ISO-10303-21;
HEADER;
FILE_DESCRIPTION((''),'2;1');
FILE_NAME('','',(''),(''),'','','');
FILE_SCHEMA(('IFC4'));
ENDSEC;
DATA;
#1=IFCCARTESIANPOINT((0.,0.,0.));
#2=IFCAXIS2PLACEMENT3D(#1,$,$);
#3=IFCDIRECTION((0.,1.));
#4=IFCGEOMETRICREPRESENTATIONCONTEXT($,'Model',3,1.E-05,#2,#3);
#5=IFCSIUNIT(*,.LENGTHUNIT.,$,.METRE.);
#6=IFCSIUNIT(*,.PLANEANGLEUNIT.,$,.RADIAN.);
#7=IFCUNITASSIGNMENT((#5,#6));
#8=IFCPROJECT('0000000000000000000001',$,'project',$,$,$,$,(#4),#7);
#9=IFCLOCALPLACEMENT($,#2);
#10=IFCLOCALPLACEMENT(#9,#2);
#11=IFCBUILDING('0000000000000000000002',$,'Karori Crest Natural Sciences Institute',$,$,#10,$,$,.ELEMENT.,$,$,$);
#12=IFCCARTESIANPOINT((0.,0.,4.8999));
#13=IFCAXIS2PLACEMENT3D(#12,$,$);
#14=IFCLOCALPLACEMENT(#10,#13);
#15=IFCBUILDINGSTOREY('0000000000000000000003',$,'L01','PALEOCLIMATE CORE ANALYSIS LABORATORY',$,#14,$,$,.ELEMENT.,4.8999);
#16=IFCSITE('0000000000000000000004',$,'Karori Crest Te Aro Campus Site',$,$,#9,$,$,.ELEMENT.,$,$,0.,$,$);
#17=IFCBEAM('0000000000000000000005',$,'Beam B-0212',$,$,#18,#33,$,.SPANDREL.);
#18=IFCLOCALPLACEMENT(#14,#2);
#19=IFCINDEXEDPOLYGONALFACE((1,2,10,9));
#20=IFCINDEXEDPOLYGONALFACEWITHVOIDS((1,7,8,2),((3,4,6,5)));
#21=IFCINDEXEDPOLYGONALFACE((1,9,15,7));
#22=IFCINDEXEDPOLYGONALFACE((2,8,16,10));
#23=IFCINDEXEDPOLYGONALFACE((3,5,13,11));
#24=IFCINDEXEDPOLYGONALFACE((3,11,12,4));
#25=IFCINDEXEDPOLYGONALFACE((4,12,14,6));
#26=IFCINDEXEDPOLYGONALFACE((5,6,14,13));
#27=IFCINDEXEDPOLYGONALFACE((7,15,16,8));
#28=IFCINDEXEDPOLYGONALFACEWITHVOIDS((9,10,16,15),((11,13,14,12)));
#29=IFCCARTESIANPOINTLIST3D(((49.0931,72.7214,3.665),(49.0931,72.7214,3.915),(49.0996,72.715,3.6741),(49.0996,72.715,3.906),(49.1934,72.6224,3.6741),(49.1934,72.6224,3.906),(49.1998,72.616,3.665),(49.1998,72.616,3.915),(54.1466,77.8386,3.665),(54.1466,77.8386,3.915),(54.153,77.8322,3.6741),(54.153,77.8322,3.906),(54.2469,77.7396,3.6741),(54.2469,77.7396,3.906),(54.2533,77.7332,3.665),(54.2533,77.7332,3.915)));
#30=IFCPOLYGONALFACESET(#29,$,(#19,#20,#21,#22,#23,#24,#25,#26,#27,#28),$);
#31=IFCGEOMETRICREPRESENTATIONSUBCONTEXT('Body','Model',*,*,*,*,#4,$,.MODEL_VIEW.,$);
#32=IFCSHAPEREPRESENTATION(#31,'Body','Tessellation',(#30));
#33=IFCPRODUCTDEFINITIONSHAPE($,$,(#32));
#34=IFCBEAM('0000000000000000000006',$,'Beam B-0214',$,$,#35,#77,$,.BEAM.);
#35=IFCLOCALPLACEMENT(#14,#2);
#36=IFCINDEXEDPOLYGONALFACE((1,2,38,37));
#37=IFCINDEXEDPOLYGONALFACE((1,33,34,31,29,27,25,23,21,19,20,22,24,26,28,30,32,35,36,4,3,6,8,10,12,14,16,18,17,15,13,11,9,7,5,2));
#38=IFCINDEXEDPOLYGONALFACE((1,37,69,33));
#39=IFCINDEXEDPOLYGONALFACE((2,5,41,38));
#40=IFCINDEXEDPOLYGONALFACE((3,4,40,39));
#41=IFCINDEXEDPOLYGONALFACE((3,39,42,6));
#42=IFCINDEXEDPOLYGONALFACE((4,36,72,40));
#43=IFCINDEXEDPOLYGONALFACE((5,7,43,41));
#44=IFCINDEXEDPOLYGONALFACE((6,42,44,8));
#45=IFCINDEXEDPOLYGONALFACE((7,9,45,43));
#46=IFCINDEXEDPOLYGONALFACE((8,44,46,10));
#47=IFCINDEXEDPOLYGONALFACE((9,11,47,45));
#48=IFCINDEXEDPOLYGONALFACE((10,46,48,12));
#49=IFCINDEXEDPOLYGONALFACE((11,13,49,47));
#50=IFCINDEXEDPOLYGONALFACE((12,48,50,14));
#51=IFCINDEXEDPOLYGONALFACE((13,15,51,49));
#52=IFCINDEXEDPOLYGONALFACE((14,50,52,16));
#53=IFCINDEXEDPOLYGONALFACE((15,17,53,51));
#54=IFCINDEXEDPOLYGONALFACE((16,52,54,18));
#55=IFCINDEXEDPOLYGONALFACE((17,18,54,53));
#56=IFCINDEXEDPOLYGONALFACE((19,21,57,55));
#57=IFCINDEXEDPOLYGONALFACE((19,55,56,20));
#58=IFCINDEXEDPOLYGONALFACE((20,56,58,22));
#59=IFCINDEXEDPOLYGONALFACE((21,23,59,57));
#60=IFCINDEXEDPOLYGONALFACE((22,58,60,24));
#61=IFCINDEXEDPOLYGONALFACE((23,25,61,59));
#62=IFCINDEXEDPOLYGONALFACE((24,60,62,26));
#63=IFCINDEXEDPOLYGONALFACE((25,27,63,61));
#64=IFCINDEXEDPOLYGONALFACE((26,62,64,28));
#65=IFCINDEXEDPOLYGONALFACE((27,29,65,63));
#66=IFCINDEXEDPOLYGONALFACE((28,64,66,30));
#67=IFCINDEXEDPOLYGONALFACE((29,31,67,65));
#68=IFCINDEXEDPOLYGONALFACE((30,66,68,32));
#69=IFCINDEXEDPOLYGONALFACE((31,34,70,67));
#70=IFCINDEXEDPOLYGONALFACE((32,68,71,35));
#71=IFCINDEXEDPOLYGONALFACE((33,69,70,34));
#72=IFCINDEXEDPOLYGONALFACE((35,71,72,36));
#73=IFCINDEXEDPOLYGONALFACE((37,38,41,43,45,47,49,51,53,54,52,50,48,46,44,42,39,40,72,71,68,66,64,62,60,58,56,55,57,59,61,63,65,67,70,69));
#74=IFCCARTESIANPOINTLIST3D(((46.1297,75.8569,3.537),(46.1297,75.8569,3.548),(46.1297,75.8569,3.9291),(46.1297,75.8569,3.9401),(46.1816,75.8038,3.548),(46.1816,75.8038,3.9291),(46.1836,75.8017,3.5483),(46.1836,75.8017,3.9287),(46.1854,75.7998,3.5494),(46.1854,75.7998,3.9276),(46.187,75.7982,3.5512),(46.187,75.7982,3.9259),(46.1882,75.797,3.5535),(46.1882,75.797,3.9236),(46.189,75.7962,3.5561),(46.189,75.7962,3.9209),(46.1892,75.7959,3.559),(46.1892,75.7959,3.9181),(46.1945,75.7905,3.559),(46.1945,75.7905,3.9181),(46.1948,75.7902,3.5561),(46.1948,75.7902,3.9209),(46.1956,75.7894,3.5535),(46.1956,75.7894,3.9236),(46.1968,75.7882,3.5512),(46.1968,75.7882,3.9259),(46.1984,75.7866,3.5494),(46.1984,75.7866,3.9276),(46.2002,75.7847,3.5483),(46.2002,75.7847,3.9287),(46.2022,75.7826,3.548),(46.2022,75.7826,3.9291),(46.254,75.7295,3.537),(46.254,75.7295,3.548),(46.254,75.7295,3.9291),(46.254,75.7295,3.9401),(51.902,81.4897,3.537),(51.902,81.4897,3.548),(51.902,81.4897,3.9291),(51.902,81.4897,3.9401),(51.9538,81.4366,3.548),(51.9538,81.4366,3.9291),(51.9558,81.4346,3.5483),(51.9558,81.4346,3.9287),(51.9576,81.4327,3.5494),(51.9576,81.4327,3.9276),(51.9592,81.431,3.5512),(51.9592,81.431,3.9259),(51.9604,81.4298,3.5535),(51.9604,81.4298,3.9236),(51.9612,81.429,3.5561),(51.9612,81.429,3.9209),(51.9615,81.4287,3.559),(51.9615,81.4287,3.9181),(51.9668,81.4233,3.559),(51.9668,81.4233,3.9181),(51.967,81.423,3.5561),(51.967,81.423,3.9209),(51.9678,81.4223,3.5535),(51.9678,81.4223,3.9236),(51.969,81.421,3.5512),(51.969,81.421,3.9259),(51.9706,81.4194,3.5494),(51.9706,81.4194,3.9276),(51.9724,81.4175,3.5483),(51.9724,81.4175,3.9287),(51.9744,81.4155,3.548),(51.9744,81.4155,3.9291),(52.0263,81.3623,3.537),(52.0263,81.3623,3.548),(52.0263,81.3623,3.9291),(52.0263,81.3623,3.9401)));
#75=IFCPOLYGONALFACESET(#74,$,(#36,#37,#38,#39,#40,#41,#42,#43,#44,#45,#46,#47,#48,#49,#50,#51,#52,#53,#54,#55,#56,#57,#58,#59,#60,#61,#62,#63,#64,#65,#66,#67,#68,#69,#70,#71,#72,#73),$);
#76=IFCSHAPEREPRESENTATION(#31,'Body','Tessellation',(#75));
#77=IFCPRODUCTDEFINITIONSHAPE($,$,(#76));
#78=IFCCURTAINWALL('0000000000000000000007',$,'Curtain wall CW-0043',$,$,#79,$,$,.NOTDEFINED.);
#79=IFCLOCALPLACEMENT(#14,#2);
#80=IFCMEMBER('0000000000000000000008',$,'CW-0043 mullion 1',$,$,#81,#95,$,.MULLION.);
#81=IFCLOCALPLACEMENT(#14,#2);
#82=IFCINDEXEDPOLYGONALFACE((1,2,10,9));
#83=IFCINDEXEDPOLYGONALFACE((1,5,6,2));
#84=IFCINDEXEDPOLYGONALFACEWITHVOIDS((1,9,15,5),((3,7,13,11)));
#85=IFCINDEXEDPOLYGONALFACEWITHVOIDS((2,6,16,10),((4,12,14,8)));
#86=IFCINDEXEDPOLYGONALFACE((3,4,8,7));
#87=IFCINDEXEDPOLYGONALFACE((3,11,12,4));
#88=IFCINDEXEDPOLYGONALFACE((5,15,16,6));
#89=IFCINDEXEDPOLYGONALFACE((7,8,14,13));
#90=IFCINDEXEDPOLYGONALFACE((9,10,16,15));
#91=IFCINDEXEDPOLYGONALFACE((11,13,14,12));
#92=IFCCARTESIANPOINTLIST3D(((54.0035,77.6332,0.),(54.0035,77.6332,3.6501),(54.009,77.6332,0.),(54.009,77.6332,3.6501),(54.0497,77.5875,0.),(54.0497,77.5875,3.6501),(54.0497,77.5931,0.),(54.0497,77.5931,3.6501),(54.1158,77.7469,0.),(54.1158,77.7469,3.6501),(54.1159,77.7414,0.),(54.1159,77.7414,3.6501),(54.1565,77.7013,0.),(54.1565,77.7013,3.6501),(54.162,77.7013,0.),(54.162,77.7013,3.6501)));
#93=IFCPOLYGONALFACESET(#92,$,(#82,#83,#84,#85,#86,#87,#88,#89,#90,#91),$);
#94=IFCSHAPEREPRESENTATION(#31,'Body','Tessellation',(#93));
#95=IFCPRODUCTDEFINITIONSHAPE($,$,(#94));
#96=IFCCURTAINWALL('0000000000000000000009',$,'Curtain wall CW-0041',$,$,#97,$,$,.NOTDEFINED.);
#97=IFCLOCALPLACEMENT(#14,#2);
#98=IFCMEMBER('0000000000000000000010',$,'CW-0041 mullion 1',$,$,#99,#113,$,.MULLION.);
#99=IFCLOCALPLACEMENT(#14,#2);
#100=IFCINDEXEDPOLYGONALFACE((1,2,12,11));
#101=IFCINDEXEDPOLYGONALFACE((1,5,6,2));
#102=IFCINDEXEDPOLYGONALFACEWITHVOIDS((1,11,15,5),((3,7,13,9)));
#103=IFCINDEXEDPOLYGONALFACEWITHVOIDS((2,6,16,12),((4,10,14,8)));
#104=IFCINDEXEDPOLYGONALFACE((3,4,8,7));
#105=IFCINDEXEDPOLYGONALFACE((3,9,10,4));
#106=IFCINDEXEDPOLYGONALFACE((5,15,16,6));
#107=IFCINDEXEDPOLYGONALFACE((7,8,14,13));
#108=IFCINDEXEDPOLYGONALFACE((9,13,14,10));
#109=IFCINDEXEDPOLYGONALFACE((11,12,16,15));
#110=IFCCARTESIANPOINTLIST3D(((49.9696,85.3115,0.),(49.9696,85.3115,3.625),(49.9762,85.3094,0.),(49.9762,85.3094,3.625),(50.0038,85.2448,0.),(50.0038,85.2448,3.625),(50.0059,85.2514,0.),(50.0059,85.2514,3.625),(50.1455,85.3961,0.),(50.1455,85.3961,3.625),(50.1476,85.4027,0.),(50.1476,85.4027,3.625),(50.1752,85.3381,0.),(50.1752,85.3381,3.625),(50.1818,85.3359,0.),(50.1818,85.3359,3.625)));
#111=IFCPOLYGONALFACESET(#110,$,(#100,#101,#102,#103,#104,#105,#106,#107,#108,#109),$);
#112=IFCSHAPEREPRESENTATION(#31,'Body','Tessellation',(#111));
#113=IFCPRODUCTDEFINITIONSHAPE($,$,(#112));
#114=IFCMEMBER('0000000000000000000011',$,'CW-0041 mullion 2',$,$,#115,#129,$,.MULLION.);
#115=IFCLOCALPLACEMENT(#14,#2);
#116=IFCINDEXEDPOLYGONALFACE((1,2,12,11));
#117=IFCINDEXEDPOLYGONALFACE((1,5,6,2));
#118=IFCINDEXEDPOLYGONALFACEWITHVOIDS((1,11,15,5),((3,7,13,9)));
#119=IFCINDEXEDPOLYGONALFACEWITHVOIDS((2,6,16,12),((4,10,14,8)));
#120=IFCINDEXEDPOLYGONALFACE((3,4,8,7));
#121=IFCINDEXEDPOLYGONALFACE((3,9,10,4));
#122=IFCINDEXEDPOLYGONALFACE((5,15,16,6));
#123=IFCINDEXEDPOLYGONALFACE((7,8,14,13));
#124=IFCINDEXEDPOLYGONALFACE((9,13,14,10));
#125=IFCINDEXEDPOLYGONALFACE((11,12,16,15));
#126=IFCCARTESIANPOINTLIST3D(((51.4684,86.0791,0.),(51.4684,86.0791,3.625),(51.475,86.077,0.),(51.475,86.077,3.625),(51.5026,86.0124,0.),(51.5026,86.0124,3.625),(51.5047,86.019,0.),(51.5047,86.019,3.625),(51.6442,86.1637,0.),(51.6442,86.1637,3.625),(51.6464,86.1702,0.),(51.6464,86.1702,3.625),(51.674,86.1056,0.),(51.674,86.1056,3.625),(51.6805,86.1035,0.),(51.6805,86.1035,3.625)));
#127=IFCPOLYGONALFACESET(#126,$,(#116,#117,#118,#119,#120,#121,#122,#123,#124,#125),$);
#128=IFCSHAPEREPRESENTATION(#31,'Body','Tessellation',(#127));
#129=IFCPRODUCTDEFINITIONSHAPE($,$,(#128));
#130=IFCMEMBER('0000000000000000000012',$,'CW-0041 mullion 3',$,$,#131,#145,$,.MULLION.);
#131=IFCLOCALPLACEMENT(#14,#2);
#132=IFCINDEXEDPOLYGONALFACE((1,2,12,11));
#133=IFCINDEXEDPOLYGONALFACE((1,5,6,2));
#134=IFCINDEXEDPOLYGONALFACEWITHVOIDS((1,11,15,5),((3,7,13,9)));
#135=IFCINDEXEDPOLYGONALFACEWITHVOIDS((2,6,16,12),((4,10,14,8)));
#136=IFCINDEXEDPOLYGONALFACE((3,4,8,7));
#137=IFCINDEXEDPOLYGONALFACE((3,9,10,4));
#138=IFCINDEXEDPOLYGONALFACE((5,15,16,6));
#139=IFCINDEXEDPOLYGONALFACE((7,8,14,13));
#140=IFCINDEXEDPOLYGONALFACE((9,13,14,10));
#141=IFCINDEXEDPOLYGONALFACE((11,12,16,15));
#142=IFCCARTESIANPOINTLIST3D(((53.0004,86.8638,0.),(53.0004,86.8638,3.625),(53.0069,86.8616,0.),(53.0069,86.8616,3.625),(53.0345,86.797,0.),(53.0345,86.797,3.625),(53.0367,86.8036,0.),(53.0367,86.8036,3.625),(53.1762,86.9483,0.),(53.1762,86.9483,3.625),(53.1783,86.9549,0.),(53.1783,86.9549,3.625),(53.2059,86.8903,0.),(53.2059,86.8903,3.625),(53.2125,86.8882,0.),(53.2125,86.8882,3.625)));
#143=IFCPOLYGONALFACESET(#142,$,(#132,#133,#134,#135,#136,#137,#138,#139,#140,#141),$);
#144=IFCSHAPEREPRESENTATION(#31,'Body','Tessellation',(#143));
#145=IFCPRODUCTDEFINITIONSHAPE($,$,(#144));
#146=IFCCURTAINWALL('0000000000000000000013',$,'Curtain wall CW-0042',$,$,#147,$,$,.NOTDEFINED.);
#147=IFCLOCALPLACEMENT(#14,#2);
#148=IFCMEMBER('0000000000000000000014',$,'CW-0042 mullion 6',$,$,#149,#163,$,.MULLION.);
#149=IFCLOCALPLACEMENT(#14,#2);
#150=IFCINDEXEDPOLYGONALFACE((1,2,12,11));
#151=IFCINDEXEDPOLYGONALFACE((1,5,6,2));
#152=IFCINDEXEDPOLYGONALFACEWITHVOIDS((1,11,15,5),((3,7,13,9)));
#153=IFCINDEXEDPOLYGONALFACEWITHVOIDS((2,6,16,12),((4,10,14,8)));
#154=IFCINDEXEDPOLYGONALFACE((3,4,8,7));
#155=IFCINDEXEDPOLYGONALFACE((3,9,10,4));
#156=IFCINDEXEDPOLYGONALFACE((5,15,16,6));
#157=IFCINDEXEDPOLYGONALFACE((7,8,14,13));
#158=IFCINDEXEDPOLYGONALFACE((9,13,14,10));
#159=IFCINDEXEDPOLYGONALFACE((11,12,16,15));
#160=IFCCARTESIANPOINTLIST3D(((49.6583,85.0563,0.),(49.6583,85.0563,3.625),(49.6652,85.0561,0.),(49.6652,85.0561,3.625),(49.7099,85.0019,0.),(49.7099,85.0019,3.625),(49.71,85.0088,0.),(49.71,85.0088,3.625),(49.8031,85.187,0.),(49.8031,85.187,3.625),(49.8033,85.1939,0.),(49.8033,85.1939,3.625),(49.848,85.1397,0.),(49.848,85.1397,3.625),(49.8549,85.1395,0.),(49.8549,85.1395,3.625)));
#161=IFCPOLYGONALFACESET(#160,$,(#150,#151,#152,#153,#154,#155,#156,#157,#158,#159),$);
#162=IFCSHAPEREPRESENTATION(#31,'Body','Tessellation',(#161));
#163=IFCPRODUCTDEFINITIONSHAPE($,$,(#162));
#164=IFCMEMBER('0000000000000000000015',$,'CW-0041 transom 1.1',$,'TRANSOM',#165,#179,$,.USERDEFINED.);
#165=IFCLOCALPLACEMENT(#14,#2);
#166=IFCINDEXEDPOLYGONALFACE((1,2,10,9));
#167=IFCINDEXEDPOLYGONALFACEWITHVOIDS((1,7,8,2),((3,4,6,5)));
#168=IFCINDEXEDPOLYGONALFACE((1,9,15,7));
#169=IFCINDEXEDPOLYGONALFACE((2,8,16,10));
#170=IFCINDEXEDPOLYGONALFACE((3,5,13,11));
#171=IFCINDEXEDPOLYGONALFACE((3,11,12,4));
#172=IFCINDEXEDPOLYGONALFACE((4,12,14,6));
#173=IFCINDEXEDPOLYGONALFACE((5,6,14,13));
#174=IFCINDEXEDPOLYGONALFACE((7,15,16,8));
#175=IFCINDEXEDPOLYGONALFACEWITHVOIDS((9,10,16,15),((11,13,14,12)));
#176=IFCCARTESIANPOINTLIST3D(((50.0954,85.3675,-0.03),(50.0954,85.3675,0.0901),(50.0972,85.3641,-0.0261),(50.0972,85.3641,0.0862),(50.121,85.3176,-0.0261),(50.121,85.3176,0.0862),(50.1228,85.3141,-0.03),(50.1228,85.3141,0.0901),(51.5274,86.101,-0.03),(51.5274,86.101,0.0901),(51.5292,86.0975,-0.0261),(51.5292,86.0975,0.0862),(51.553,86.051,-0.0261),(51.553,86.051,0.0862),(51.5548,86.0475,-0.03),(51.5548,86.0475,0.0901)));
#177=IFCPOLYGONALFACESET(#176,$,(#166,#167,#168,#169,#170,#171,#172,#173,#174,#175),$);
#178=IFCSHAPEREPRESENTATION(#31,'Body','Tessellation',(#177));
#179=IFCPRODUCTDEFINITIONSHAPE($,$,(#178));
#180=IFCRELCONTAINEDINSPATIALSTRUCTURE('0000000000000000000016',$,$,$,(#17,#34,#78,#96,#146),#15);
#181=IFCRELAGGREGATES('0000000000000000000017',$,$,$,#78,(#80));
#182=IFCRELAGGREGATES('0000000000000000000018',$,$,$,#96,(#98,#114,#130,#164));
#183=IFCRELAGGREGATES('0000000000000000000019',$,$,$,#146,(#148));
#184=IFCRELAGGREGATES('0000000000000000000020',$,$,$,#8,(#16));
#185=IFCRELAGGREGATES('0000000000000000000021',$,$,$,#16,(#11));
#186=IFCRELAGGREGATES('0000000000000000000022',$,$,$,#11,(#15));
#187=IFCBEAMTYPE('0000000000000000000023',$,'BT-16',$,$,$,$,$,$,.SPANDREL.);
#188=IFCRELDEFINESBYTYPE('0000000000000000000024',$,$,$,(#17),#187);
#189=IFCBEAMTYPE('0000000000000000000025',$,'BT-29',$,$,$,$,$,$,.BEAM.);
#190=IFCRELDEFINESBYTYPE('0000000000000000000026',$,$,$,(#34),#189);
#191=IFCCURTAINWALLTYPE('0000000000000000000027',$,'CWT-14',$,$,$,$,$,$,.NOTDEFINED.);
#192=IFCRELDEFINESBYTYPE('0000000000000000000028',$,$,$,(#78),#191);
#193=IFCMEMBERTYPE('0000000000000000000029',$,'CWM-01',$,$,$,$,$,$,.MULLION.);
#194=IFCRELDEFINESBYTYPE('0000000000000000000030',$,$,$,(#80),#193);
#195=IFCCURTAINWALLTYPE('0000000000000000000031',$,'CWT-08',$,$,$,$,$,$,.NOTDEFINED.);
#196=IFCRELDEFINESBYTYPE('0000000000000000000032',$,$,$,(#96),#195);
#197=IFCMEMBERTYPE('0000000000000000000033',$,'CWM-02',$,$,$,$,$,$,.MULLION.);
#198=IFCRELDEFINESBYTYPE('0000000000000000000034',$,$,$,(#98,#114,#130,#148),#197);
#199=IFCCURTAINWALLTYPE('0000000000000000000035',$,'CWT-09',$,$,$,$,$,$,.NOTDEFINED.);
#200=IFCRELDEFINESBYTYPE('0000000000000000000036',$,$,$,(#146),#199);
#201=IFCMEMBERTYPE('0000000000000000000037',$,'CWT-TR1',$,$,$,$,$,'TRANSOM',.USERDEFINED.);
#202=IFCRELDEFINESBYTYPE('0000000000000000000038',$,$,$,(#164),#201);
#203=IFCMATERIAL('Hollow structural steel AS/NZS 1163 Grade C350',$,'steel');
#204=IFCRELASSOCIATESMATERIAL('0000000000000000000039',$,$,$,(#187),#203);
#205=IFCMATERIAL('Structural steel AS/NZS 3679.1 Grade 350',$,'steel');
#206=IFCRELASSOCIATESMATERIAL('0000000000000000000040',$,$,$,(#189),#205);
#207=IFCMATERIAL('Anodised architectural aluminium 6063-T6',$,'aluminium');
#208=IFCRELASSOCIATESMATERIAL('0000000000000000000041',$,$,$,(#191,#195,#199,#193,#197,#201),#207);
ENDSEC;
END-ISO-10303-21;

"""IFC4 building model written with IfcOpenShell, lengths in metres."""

from ifc_helpers import new_model, si_unit, direction, frame, origin, origin_2d, place, context, subcontext, project, spatial, hollow_rectangle, i_section, extrude, material, material_profile, profile_set, type_object, element, aggregate, save


model = new_model("IFC4")

# Units and contexts
model_context = context("Model", 3, precision=1e-05, world=origin(), true_north=direction((0.0, 1.0)))
body_context = subcontext(model_context, "Body", "Model", "MODEL_VIEW")
ifc_project = project(units=[si_unit("LENGTHUNIT", "METRE"), si_unit("PLANEANGLEUNIT", "RADIAN")], contexts=[model_context])

# Site, building, storey
site_placement = place(None, origin())
site = spatial("IfcSite", under=ifc_project, at=site_placement, Name="Karori Crest Te Aro Campus Site", CompositionType="ELEMENT", RefElevation=0.0)
building_placement = place(site_placement, origin())
building = spatial("IfcBuilding", under=site, at=building_placement, Name="Karori Crest Natural Sciences Institute", CompositionType="ELEMENT")
storey_placement = place(building_placement, frame((0.0, 0.0, 4.8999)))
storey = spatial("IfcBuildingStorey", under=building, at=storey_placement, Name="L01", Description="PALEOCLIMATE CORE ANALYSIS LABORATORY", CompositionType="ELEMENT", Elevation=4.8999)

# Shared definitions
ifc_material_1 = material(Name="Hollow structural steel AS/NZS 1163 Grade C350", Category="steel")

# Beams
ifc_material_2 = material(Name="Structural steel AS/NZS 3679.1 Grade 350", Category="steel")
ifc_material_profile_1 = material_profile(ifc_material_1, hollow_rectangle(XDim=0.1499, YDim=0.25, WallThickness=0.009, at=origin_2d()), Name="RHS250x150x9")
ifc_profile_set_1 = profile_set([ifc_material_profile_1], Name="Hollow structural steel AS/NZS 1163 Grade C350")
beam_type_1 = type_object("IfcBeamType", Name="BT-16", PredefinedType="SPANDREL", material=ifc_profile_set_1)
beam_1_placement = place(storey_placement, frame((54.2, 77.7859, 3.79), z_axis=(-0.702663, -0.711523, 0.0), x_axis=(0.711523, -0.702663, 0.0)))
element("IfcBeam", 1, at=beam_1_placement, inside=storey, type_object=beam_type_1, Name="Beam B-0212", PredefinedType="SPANDREL", context=body_context, shape_type="SweptSolid", body=[
    extrude(hollow_rectangle(XDim=0.1499, YDim=0.25, WallThickness=0.009, at=origin_2d()), origin(), (0.0, 0.0, 1.0), 7.1919),
])
ifc_material_profile_2 = material_profile(ifc_material_2, i_section(OverallWidth=0.178, OverallDepth=0.4031, WebThickness=0.0076, FlangeThickness=0.011, FilletRadius=0.011, at=origin_2d()), Name="410UB53.7")
ifc_profile_set_2 = profile_set([ifc_material_profile_2], Name="Structural steel AS/NZS 3679.1 Grade 350")
beam_type_2 = type_object("IfcBeamType", Name="BT-29", PredefinedType="BEAM", material=ifc_profile_set_2)
beam_2_placement = place(storey_placement, frame((51.9641, 81.426, 3.7385), z_axis=(-0.715696, -0.698412, 0.0), x_axis=(0.698412, -0.715696, 0.0)))
element("IfcBeam", 2, at=beam_2_placement, inside=storey, type_object=beam_type_2, Name="Beam B-0214", PredefinedType="BEAM", context=body_context, shape_type="SweptSolid", body=[
    extrude(i_section(OverallWidth=0.178, OverallDepth=0.4031, WebThickness=0.0076, FlangeThickness=0.011, FilletRadius=0.011, at=origin_2d()), origin(), (0.0, 0.0, 1.0), 8.0652),
])

# Curtain wall, member
ifc_material_3 = material(Name="Anodised architectural aluminium 6063-T6", Category="aluminium")
curtain_wall_type_1 = type_object("IfcCurtainWallType", Name="CWT-14", PredefinedType="NOTDEFINED", material=ifc_material_3)
curtain_wall_1_placement = place(storey_placement, origin())
curtain_wall_1 = element("IfcCurtainWall", 3, at=curtain_wall_1_placement, inside=storey, type_object=curtain_wall_type_1, Name="Curtain wall CW-0043", PredefinedType="NOTDEFINED")
ifc_material_profile_3 = material_profile(ifc_material_3, hollow_rectangle(XDim=0.0649, YDim=0.1599, WallThickness=0.0039, at=origin_2d()), Name="CWM160x65x4")
ifc_profile_set_3 = profile_set([ifc_material_profile_3], Name="Anodised architectural aluminium 6063-T6")
member_type_1 = type_object("IfcMemberType", Name="CWM-01", PredefinedType="MULLION", material=ifc_profile_set_3)
member_1_placement = place(storey_placement, frame((54.0828, 77.6672, 0.0), z_axis=(0.0, 0.0, 1.0), x_axis=(0.711529, -0.702656, 0.0)))
member_1 = element("IfcMember", 4, at=member_1_placement, type_object=member_type_1, Name="CW-0043 mullion 1", PredefinedType="MULLION", context=body_context, shape_type="SweptSolid", body=[
    extrude(hollow_rectangle(XDim=0.0649, YDim=0.1599, WallThickness=0.0039, at=origin_2d()), origin(), (0.0, 0.0, 1.0), 3.6501),
])

# Curtain wall, members
curtain_wall_type_2 = type_object("IfcCurtainWallType", Name="CWT-08", PredefinedType="NOTDEFINED", material=ifc_material_3)
curtain_wall_2_placement = place(storey_placement, origin())
curtain_wall_2 = element("IfcCurtainWall", 5, at=curtain_wall_2_placement, inside=storey, type_object=curtain_wall_type_2, Name="Curtain wall CW-0041", PredefinedType="NOTDEFINED")
ifc_material_profile_4 = material_profile(ifc_material_3, hollow_rectangle(XDim=0.075, YDim=0.2, WallThickness=0.0049, at=origin_2d()), Name="CWM200x75x5")
ifc_profile_set_4 = profile_set([ifc_material_profile_4], Name="Anodised architectural aluminium 6063-T6")
member_type_2 = type_object("IfcMemberType", Name="CWM-02", PredefinedType="MULLION", material=ifc_profile_set_4)
member_2_placement = place(storey_placement, frame((50.0757, 85.3237, 0.0), z_axis=(0.0, 0.0, 1.0), x_axis=(-0.455833, 0.890065, 0.0)))
member_2 = element("IfcMember", 6, at=member_2_placement, type_object=member_type_2, Name="CW-0041 mullion 1", PredefinedType="MULLION", context=body_context, shape_type="SweptSolid", body=[
    extrude(hollow_rectangle(XDim=0.075, YDim=0.2, WallThickness=0.0049, at=origin_2d()), origin(), (0.0, 0.0, 1.0), 3.625),
])
member_3_placement = place(storey_placement, frame((51.5745, 86.0913, 0.0), z_axis=(0.0, 0.0, 1.0), x_axis=(-0.455833, 0.890065, 0.0)))
member_3 = element("IfcMember", 7, at=member_3_placement, type_object=member_type_2, Name="CW-0041 mullion 2", PredefinedType="MULLION", context=body_context, shape_type="SweptSolid", body=[
    extrude(hollow_rectangle(XDim=0.075, YDim=0.2, WallThickness=0.0049, at=origin_2d()), origin(), (0.0, 0.0, 1.0), 3.625),
])
member_4_placement = place(storey_placement, frame((53.1064, 86.876, 0.0), z_axis=(0.0, 0.0, 1.0), x_axis=(-0.455833, 0.890065, 0.0)))
member_4 = element("IfcMember", 8, at=member_4_placement, type_object=member_type_2, Name="CW-0041 mullion 3", PredefinedType="MULLION", context=body_context, shape_type="SweptSolid", body=[
    extrude(hollow_rectangle(XDim=0.075, YDim=0.2, WallThickness=0.0049, at=origin_2d()), origin(), (0.0, 0.0, 1.0), 3.625),
])

# Curtain wall, member
curtain_wall_type_3 = type_object("IfcCurtainWallType", Name="CWT-09", PredefinedType="NOTDEFINED", material=ifc_material_3)
curtain_wall_3_placement = place(storey_placement, origin())
curtain_wall_3 = element("IfcCurtainWall", 9, at=curtain_wall_3_placement, inside=storey, type_object=curtain_wall_type_3, Name="Curtain wall CW-0042", PredefinedType="NOTDEFINED")
member_5_placement = place(storey_placement, frame((49.7566, 85.0979, 0.0), z_axis=(0.0, 0.0, 1.0), x_axis=(-0.688251, 0.725473, 0.0)))
member_5 = element("IfcMember", 10, at=member_5_placement, type_object=member_type_2, Name="CW-0042 mullion 6", PredefinedType="MULLION", context=body_context, shape_type="SweptSolid", body=[
    extrude(hollow_rectangle(XDim=0.075, YDim=0.2, WallThickness=0.0049, at=origin_2d()), origin(), (0.0, 0.0, 1.0), 3.625),
])

# Member
ifc_material_profile_5 = material_profile(ifc_material_3, hollow_rectangle(XDim=0.0601, YDim=0.1201, WallThickness=0.0039, at=origin_2d()), Name="CWT120x60x4")
ifc_profile_set_5 = profile_set([ifc_material_profile_5], Name="Anodised architectural aluminium 6063-T6")
member_type_3 = type_object("IfcMemberType", Name="CWT-TR1", ElementType="TRANSOM", PredefinedType="USERDEFINED", material=ifc_profile_set_5)
member_6_placement = place(storey_placement, frame((50.1091, 85.3408, 0.03), z_axis=(0.890045, 0.455873, 0.0), x_axis=(-0.455873, 0.890045, 0.0)))
member_6 = element("IfcMember", 11, at=member_6_placement, type_object=member_type_3, Name="CW-0041 transom 1.1", ObjectType="TRANSOM", PredefinedType="USERDEFINED", context=body_context, shape_type="SweptSolid", body=[
    extrude(hollow_rectangle(XDim=0.0601, YDim=0.1201, WallThickness=0.0039, at=origin_2d()), origin(), (0.0, 0.0, 1.0), 1.6089),
])
aggregate(curtain_wall_1, [member_1])

aggregate(curtain_wall_2, [member_2, member_3, member_4, member_6])
aggregate(curtain_wall_3, [member_5])

save(model, "model.ifc")
